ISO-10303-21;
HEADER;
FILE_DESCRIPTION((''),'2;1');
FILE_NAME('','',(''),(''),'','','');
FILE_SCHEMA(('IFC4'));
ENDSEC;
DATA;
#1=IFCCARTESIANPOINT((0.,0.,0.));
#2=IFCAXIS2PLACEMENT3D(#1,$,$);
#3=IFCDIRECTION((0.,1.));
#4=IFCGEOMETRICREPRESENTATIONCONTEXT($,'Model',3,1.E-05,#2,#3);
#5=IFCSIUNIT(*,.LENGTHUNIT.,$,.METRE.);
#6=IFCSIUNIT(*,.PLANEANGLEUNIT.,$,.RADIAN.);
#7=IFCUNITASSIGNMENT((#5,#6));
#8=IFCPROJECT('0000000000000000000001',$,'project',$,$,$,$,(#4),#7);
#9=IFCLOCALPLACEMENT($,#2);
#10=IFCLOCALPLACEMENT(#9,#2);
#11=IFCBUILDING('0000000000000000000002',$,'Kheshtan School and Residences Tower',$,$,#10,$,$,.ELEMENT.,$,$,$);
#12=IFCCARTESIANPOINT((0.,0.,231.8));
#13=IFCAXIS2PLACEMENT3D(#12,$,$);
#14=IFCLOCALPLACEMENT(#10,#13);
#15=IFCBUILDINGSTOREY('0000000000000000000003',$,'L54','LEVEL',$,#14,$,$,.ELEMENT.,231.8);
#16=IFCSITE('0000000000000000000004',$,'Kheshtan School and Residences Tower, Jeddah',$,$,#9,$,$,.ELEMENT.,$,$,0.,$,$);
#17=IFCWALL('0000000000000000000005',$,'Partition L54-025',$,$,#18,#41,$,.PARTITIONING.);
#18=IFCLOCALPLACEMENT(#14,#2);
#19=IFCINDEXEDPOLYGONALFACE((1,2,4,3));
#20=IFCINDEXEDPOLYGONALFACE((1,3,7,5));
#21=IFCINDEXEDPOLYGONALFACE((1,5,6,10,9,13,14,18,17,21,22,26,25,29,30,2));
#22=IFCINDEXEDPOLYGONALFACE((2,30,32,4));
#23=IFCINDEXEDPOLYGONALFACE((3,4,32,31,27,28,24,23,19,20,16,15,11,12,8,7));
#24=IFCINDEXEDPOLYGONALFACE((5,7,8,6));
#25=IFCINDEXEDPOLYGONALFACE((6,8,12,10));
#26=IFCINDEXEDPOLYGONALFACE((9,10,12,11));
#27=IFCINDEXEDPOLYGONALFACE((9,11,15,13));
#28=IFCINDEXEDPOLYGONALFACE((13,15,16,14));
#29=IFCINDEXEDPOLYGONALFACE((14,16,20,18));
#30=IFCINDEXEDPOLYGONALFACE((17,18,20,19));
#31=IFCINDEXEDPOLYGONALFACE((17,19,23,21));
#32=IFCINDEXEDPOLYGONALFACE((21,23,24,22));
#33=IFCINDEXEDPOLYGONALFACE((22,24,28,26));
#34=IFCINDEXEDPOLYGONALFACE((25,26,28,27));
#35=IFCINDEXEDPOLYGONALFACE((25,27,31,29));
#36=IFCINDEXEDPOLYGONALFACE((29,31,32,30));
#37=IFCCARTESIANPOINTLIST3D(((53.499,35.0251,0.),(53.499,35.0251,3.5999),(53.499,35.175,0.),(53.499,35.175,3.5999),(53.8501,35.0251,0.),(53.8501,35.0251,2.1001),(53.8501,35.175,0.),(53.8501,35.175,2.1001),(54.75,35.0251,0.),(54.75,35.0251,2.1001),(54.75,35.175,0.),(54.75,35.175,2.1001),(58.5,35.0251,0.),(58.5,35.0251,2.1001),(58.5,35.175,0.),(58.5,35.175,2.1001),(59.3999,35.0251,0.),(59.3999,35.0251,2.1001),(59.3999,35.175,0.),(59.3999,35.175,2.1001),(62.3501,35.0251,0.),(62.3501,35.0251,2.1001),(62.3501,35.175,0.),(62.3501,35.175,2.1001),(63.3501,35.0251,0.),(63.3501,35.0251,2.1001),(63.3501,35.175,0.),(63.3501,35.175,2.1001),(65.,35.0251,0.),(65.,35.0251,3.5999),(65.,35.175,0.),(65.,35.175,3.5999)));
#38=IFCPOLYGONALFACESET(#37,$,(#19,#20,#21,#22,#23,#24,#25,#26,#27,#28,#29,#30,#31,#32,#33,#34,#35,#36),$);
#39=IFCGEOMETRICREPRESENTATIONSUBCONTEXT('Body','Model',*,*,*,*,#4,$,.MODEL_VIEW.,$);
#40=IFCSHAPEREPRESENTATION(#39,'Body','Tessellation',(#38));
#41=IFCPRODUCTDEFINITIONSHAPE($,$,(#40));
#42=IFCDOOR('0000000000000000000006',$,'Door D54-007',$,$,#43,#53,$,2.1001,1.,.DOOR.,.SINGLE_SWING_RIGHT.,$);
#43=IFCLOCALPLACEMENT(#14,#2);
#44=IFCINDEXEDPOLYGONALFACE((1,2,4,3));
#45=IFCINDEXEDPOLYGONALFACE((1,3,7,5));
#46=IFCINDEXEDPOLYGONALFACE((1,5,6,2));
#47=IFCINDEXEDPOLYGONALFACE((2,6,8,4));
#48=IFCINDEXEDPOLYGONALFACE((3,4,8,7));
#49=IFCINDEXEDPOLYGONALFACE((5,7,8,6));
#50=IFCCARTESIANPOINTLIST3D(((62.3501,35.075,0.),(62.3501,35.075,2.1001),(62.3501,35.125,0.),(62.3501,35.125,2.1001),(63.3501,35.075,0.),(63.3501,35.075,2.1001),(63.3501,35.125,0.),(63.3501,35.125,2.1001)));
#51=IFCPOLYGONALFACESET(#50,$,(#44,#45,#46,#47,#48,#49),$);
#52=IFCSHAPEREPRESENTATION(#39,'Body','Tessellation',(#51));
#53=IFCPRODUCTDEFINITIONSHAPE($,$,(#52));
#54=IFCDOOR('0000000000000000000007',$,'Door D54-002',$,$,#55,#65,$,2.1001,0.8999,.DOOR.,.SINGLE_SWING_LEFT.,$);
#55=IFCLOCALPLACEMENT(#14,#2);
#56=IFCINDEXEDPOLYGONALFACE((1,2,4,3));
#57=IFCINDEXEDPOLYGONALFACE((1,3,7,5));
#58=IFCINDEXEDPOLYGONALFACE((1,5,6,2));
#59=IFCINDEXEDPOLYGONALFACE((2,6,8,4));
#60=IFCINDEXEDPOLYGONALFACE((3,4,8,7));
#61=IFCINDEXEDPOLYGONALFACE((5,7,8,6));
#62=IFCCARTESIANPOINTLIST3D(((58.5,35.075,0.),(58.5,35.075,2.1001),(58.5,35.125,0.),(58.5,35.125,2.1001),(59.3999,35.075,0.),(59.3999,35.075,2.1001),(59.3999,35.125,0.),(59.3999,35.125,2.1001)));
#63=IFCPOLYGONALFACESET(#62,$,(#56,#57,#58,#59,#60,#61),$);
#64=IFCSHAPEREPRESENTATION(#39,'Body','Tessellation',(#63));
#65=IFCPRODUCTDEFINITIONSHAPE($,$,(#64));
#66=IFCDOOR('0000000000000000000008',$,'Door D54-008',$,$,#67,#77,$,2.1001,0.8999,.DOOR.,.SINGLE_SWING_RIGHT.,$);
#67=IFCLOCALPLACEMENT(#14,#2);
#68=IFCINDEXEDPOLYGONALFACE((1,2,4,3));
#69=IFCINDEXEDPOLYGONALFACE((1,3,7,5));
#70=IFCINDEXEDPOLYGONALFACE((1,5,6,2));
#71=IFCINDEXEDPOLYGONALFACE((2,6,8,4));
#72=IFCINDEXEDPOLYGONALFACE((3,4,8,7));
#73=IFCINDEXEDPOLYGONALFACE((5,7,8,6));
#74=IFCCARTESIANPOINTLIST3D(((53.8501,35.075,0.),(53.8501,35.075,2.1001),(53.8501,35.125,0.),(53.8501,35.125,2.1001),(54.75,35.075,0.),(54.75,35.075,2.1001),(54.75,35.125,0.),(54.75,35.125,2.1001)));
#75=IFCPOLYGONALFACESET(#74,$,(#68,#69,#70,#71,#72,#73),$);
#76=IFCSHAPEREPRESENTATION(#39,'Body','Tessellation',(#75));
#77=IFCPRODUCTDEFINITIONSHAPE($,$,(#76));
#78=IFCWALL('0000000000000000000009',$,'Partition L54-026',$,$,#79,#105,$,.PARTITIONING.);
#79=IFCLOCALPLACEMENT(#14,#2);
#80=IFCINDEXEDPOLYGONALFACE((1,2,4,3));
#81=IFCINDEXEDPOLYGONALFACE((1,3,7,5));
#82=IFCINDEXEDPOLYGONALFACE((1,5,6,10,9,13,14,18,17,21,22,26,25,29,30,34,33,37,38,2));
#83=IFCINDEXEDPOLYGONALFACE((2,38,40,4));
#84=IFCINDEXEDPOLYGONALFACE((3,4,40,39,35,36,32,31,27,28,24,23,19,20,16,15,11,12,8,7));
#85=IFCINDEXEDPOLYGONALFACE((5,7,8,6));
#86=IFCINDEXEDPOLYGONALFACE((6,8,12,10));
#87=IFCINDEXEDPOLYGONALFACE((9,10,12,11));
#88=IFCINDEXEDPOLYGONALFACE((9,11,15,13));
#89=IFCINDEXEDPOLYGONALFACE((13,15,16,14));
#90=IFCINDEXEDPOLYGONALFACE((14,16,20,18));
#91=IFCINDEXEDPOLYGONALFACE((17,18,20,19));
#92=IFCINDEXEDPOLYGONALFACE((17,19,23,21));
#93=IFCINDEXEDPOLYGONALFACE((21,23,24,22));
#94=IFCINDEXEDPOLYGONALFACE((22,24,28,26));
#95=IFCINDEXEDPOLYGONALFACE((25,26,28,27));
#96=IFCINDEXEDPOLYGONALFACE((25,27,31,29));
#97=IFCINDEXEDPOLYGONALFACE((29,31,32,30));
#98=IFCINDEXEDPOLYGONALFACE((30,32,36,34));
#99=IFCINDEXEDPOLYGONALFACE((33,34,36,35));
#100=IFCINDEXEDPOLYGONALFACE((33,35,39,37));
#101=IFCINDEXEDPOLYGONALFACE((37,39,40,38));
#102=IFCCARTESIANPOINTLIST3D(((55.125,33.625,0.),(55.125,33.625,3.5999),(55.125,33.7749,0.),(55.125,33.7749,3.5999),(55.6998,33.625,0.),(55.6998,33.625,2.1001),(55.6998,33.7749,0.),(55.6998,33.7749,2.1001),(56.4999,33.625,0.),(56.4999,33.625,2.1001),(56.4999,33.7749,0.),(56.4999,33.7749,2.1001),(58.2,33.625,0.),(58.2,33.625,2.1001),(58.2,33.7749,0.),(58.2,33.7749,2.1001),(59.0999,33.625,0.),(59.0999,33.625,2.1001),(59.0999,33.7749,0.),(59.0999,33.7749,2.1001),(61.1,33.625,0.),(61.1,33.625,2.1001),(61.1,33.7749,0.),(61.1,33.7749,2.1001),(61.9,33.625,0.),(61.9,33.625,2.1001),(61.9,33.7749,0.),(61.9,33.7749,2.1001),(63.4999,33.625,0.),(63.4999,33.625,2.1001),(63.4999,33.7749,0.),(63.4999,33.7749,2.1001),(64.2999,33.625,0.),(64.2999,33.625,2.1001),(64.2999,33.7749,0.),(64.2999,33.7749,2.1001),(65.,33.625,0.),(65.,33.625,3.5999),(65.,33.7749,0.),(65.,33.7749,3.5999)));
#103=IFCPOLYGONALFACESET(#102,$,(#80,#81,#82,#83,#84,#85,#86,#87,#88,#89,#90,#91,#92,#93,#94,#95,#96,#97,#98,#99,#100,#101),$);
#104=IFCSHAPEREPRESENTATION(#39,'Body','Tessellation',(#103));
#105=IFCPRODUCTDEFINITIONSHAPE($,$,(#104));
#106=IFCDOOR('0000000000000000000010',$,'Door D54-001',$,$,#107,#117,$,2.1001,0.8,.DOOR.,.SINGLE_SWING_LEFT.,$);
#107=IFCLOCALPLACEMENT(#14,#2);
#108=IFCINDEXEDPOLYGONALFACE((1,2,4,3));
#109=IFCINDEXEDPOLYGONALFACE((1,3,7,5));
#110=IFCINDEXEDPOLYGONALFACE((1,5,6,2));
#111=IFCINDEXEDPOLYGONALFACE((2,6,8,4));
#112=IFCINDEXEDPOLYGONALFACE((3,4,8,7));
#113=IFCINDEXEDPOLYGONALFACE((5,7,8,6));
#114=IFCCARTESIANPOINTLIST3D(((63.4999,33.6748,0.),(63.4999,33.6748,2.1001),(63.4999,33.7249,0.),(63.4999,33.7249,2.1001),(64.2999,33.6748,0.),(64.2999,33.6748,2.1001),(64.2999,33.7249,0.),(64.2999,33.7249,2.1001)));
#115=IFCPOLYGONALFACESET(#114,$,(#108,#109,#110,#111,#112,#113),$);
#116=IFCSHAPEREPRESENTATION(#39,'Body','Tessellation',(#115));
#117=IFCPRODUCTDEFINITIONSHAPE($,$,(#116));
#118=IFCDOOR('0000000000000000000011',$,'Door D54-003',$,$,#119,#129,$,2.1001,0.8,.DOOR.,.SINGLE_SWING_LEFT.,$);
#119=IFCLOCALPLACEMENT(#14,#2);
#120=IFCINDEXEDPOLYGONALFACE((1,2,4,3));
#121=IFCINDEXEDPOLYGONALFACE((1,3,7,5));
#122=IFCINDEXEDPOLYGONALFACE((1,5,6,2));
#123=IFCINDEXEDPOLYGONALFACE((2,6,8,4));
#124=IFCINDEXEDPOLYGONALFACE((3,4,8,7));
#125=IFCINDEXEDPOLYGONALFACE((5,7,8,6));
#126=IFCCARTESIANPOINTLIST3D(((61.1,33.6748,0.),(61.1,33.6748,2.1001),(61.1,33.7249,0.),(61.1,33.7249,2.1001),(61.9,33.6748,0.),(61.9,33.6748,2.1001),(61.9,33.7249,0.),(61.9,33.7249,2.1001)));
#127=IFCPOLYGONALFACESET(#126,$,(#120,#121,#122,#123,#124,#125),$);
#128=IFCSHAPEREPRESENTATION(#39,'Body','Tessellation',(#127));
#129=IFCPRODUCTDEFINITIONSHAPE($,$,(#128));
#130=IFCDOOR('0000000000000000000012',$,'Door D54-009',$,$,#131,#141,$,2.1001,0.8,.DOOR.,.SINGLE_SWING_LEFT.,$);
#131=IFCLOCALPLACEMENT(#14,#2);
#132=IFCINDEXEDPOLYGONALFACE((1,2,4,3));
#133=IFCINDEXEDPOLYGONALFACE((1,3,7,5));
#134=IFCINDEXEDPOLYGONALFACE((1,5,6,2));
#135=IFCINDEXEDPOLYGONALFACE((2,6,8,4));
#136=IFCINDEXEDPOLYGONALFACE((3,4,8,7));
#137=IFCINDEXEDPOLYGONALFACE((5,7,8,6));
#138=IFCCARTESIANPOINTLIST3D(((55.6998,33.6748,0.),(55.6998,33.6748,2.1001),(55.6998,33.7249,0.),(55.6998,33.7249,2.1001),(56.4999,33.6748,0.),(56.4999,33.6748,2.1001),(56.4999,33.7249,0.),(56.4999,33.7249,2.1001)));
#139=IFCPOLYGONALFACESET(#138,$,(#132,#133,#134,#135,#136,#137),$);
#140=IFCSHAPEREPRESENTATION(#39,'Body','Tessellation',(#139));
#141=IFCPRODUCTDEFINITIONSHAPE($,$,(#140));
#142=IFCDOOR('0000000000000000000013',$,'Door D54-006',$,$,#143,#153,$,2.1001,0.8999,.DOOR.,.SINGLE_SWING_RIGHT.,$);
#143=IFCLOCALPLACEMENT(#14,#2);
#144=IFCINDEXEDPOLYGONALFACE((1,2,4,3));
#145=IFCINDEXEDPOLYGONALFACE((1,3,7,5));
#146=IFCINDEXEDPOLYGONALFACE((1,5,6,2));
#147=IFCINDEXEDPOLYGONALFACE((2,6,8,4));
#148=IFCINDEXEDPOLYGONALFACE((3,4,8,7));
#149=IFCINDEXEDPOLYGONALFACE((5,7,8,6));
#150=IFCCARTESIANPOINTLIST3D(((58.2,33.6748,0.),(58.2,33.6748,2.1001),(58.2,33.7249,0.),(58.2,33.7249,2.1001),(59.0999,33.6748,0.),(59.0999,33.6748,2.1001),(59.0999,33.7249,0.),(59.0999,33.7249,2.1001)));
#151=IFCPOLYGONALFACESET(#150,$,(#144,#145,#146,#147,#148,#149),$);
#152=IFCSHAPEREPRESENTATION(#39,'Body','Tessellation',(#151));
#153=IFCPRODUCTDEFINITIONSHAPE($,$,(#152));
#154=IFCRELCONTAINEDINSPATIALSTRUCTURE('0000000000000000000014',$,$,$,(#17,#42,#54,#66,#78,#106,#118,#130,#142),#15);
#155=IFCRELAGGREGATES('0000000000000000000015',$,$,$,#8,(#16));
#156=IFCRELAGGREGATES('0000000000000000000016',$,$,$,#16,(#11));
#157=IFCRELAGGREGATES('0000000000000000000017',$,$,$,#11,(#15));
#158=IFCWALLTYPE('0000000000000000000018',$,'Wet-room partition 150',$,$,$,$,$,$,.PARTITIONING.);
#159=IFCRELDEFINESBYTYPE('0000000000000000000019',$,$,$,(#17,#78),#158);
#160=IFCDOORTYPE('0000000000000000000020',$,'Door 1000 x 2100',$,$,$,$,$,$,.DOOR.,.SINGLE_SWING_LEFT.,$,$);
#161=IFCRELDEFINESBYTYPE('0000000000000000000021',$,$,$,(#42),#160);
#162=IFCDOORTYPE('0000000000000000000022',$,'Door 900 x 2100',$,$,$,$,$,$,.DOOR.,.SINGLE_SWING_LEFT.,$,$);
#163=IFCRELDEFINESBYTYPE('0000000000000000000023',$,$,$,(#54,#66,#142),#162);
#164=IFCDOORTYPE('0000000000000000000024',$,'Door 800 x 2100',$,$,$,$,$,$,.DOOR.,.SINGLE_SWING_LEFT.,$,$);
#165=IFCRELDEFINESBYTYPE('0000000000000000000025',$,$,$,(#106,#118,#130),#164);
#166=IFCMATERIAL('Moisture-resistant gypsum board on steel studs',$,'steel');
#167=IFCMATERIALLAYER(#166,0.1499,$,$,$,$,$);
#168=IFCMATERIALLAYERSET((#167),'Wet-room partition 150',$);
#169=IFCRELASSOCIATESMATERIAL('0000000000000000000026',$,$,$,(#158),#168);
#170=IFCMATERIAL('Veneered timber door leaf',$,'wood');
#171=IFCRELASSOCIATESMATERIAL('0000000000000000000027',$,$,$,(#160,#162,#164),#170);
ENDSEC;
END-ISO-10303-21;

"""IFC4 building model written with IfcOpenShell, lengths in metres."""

from ifc_helpers import new_model, si_unit, direction, frame, frame_2d, origin, place, context, subcontext, project, spatial, rectangle, extrude, source, transform, mapped, material, layer, layer_set, type_object, element, fill, save


model = new_model("IFC4")

# Units and contexts
model_context = context("Model", 3, precision=1e-05, world=origin(), true_north=direction((0.0, 1.0)))
body_context = subcontext(model_context, "Body", "Model", "MODEL_VIEW")
ifc_project = project(units=[si_unit("LENGTHUNIT", "METRE"), si_unit("PLANEANGLEUNIT", "RADIAN")], contexts=[model_context])

# Site, building, storey
site_placement = place(None, origin())
site = spatial("IfcSite", under=ifc_project, at=site_placement, Name="Kheshtan School and Residences Tower, Jeddah", CompositionType="ELEMENT", RefElevation=0.0)
building_placement = place(site_placement, origin())
building = spatial("IfcBuilding", under=site, at=building_placement, Name="Kheshtan School and Residences Tower", CompositionType="ELEMENT")
storey_placement = place(building_placement, frame((0.0, 0.0, 231.8)))
storey = spatial("IfcBuildingStorey", under=building, at=storey_placement, Name="L54", Description="LEVEL", CompositionType="ELEMENT", Elevation=231.8)

# Walls, openings, doors
ifc_material_1 = material(Name="Moisture-resistant gypsum board on steel studs", Category="steel")
ifc_layer_1 = layer(ifc_material_1, 0.1499)
ifc_layer_set_1 = layer_set([ifc_layer_1], Name="Wet-room partition 150")
wall_type_1 = type_object("IfcWallType", Name="Wet-room partition 150", PredefinedType="PARTITIONING", material=ifc_layer_set_1)
wall_1_placement = place(storey_placement, frame((53.499, 35.1001, 0.0), z_axis=(0.0, 0.0, 1.0), x_axis=(1.0, 0.0, 0.0)))
wall_1 = element("IfcWall", 1, at=wall_1_placement, inside=storey, type_object=wall_type_1, Name="Partition L54-025", PredefinedType="PARTITIONING", context=body_context, shape_type="SweptSolid", body=[
    extrude(rectangle(XDim=11.501, YDim=0.1499, at=frame_2d((5.7505, 0.0))), origin(), (0.0, 0.0, 1.0), 3.5999),
])
opening_1_placement = place(wall_1_placement, frame((5.001, 0.0, 0.0)))
opening_1 = element("IfcOpeningElement", 2, at=opening_1_placement, cuts=wall_1, PredefinedType="OPENING", context=body_context, shape_type="SweptSolid", body=[
    extrude(rectangle(XDim=0.8999, YDim=2.1001, at=frame_2d((0.45, 1.05))), frame((0.0, 0.085, 0.0), z_axis=(0.0, -1.0, 0.0), x_axis=(1.0, 0.0, 0.0)), (0.0, 0.0, 1.0), 0.1699),
])
opening_2_placement = place(wall_1_placement, frame((8.8511, 0.0, 0.0)))
opening_2 = element("IfcOpeningElement", 3, at=opening_2_placement, cuts=wall_1, PredefinedType="OPENING", context=body_context, shape_type="SweptSolid", body=[
    extrude(rectangle(XDim=1.0, YDim=2.1001, at=frame_2d((0.5, 1.05))), frame((0.0, 0.085, 0.0), z_axis=(0.0, -1.0, 0.0), x_axis=(1.0, 0.0, 0.0)), (0.0, 0.0, 1.0), 0.1699),
])
opening_3_placement = place(wall_1_placement, frame((0.3511, 0.0, 0.0)))
opening_3 = element("IfcOpeningElement", 4, at=opening_3_placement, cuts=wall_1, PredefinedType="OPENING", context=body_context, shape_type="SweptSolid", body=[
    extrude(rectangle(XDim=0.8999, YDim=2.1001, at=frame_2d((0.45, 1.05))), frame((0.0, 0.085, 0.0), z_axis=(0.0, -1.0, 0.0), x_axis=(1.0, 0.0, 0.0)), (0.0, 0.0, 1.0), 0.1699),
])
ifc_material_2 = material(Name="Veneered timber door leaf", Category="wood")
door_type_1 = type_object("IfcDoorType", Name="Door 1000 x 2100", OperationType="SINGLE_SWING_LEFT", PredefinedType="DOOR", material=ifc_material_2)
shared_shape_1 = source(origin(), body_context, "Body", "SweptSolid", [
    extrude(rectangle(XDim=1.0, YDim=2.1001, at=frame_2d((0.5, 1.05))), frame((0.0, 0.0249, 0.0), z_axis=(0.0, -1.0, 0.0), x_axis=(1.0, 0.0, 0.0)), (0.0, 0.0, 1.0), 0.05),
])
door_1_placement = place(opening_2_placement, origin())
door_1 = element("IfcDoor", 5, at=door_1_placement, inside=storey, type_object=door_type_1, Name="Door D54-007", OperationType="SINGLE_SWING_RIGHT", OverallHeight=2.1001, OverallWidth=1.0, PredefinedType="DOOR", context=body_context, shape_type="MappedRepresentation", body=[
    mapped(shared_shape_1, transform((0.0, 0.0, 0.0), x_axis=(1.0, 0.0, 0.0), y_axis=(0.0, 1.0, 0.0), z_axis=(0.0, 0.0, 1.0), scale=1.0)),
])
fill(opening_2, door_1)
door_type_2 = type_object("IfcDoorType", Name="Door 900 x 2100", OperationType="SINGLE_SWING_LEFT", PredefinedType="DOOR", material=ifc_material_2)
shared_shape_2 = source(origin(), body_context, "Body", "SweptSolid", [
    extrude(rectangle(XDim=0.8999, YDim=2.1001, at=frame_2d((0.45, 1.05))), frame((0.0, 0.0249, 0.0), z_axis=(0.0, -1.0, 0.0), x_axis=(1.0, 0.0, 0.0)), (0.0, 0.0, 1.0), 0.05),
])
door_2_placement = place(opening_1_placement, origin())
door_2 = element("IfcDoor", 6, at=door_2_placement, inside=storey, type_object=door_type_2, Name="Door D54-002", OperationType="SINGLE_SWING_LEFT", OverallHeight=2.1001, OverallWidth=0.8999, PredefinedType="DOOR", context=body_context, shape_type="MappedRepresentation", body=[
    mapped(shared_shape_2, transform((0.0, 0.0, 0.0), x_axis=(1.0, 0.0, 0.0), y_axis=(0.0, 1.0, 0.0), z_axis=(0.0, 0.0, 1.0), scale=1.0)),
])
fill(opening_1, door_2)
door_3_placement = place(opening_3_placement, origin())
door_3 = element("IfcDoor", 7, at=door_3_placement, inside=storey, type_object=door_type_2, Name="Door D54-008", OperationType="SINGLE_SWING_RIGHT", OverallHeight=2.1001, OverallWidth=0.8999, PredefinedType="DOOR", context=body_context, shape_type="MappedRepresentation", body=[
    mapped(shared_shape_2, transform((0.0, 0.0, 0.0), x_axis=(1.0, 0.0, 0.0), y_axis=(0.0, 1.0, 0.0), z_axis=(0.0, 0.0, 1.0), scale=1.0)),
])
fill(opening_3, door_3)
wall_2_placement = place(storey_placement, frame((55.125, 33.7, 0.0), z_axis=(0.0, 0.0, 1.0), x_axis=(1.0, 0.0, 0.0)))
wall_2 = element("IfcWall", 8, at=wall_2_placement, inside=storey, type_object=wall_type_1, Name="Partition L54-026", PredefinedType="PARTITIONING", context=body_context, shape_type="SweptSolid", body=[
    extrude(rectangle(XDim=9.875, YDim=0.1499, at=frame_2d((4.9375, 0.0))), origin(), (0.0, 0.0, 1.0), 3.5999),
])
opening_4_placement = place(wall_2_placement, frame((8.375, 0.0, 0.0)))
opening_4 = element("IfcOpeningElement", 9, at=opening_4_placement, cuts=wall_2, PredefinedType="OPENING", context=body_context, shape_type="SweptSolid", body=[
    extrude(rectangle(XDim=0.8, YDim=2.1001, at=frame_2d((0.3999, 1.05))), frame((0.0, 0.085, 0.0), z_axis=(0.0, -1.0, 0.0), x_axis=(1.0, 0.0, 0.0)), (0.0, 0.0, 1.0), 0.1699),
])
opening_5_placement = place(wall_2_placement, frame((5.9751, 0.0, 0.0)))
opening_5 = element("IfcOpeningElement", 10, at=opening_5_placement, cuts=wall_2, PredefinedType="OPENING", context=body_context, shape_type="SweptSolid", body=[
    extrude(rectangle(XDim=0.8, YDim=2.1001, at=frame_2d((0.3999, 1.05))), frame((0.0, 0.085, 0.0), z_axis=(0.0, -1.0, 0.0), x_axis=(1.0, 0.0, 0.0)), (0.0, 0.0, 1.0), 0.1699),
])
opening_6_placement = place(wall_2_placement, frame((3.075, 0.0, 0.0)))
opening_6 = element("IfcOpeningElement", 11, at=opening_6_placement, cuts=wall_2, PredefinedType="OPENING", context=body_context, shape_type="SweptSolid", body=[
    extrude(rectangle(XDim=0.8999, YDim=2.1001, at=frame_2d((0.45, 1.05))), frame((0.0, 0.085, 0.0), z_axis=(0.0, -1.0, 0.0), x_axis=(1.0, 0.0, 0.0)), (0.0, 0.0, 1.0), 0.1699),
])
opening_7_placement = place(wall_2_placement, frame((0.575, 0.0, 0.0)))
opening_7 = element("IfcOpeningElement", 12, at=opening_7_placement, cuts=wall_2, PredefinedType="OPENING", context=body_context, shape_type="SweptSolid", body=[
    extrude(rectangle(XDim=0.8, YDim=2.1001, at=frame_2d((0.3999, 1.05))), frame((0.0, 0.085, 0.0), z_axis=(0.0, -1.0, 0.0), x_axis=(1.0, 0.0, 0.0)), (0.0, 0.0, 1.0), 0.1699),
])
door_type_3 = type_object("IfcDoorType", Name="Door 800 x 2100", OperationType="SINGLE_SWING_LEFT", PredefinedType="DOOR", material=ifc_material_2)
shared_shape_3 = source(origin(), body_context, "Body", "SweptSolid", [
    extrude(rectangle(XDim=0.8, YDim=2.1001, at=frame_2d((0.3999, 1.05))), frame((0.0, 0.0249, 0.0), z_axis=(0.0, -1.0, 0.0), x_axis=(1.0, 0.0, 0.0)), (0.0, 0.0, 1.0), 0.05),
])
door_4_placement = place(opening_4_placement, origin())
door_4 = element("IfcDoor", 13, at=door_4_placement, inside=storey, type_object=door_type_3, Name="Door D54-001", OperationType="SINGLE_SWING_LEFT", OverallHeight=2.1001, OverallWidth=0.8, PredefinedType="DOOR", context=body_context, shape_type="MappedRepresentation", body=[
    mapped(shared_shape_3, transform((0.0, 0.0, 0.0), x_axis=(1.0, 0.0, 0.0), y_axis=(0.0, 1.0, 0.0), z_axis=(0.0, 0.0, 1.0), scale=1.0)),
])
fill(opening_4, door_4)
door_5_placement = place(opening_5_placement, origin())
door_5 = element("IfcDoor", 14, at=door_5_placement, inside=storey, type_object=door_type_3, Name="Door D54-003", OperationType="SINGLE_SWING_LEFT", OverallHeight=2.1001, OverallWidth=0.8, PredefinedType="DOOR", context=body_context, shape_type="MappedRepresentation", body=[
    mapped(shared_shape_3, transform((0.0, 0.0, 0.0), x_axis=(1.0, 0.0, 0.0), y_axis=(0.0, 1.0, 0.0), z_axis=(0.0, 0.0, 1.0), scale=1.0)),
])
fill(opening_5, door_5)
door_6_placement = place(opening_7_placement, origin())
door_6 = element("IfcDoor", 15, at=door_6_placement, inside=storey, type_object=door_type_3, Name="Door D54-009", OperationType="SINGLE_SWING_LEFT", OverallHeight=2.1001, OverallWidth=0.8, PredefinedType="DOOR", context=body_context, shape_type="MappedRepresentation", body=[
    mapped(shared_shape_3, transform((0.0, 0.0, 0.0), x_axis=(1.0, 0.0, 0.0), y_axis=(0.0, 1.0, 0.0), z_axis=(0.0, 0.0, 1.0), scale=1.0)),
])
fill(opening_7, door_6)
door_7_placement = place(opening_6_placement, origin())
door_7 = element("IfcDoor", 16, at=door_7_placement, inside=storey, type_object=door_type_2, Name="Door D54-006", OperationType="SINGLE_SWING_RIGHT", OverallHeight=2.1001, OverallWidth=0.8999, PredefinedType="DOOR", context=body_context, shape_type="MappedRepresentation", body=[
    mapped(shared_shape_2, transform((0.0, 0.0, 0.0), x_axis=(1.0, 0.0, 0.0), y_axis=(0.0, 1.0, 0.0), z_axis=(0.0, 0.0, 1.0), scale=1.0)),
])
fill(opening_6, door_7)

save(model, "model.ifc")
